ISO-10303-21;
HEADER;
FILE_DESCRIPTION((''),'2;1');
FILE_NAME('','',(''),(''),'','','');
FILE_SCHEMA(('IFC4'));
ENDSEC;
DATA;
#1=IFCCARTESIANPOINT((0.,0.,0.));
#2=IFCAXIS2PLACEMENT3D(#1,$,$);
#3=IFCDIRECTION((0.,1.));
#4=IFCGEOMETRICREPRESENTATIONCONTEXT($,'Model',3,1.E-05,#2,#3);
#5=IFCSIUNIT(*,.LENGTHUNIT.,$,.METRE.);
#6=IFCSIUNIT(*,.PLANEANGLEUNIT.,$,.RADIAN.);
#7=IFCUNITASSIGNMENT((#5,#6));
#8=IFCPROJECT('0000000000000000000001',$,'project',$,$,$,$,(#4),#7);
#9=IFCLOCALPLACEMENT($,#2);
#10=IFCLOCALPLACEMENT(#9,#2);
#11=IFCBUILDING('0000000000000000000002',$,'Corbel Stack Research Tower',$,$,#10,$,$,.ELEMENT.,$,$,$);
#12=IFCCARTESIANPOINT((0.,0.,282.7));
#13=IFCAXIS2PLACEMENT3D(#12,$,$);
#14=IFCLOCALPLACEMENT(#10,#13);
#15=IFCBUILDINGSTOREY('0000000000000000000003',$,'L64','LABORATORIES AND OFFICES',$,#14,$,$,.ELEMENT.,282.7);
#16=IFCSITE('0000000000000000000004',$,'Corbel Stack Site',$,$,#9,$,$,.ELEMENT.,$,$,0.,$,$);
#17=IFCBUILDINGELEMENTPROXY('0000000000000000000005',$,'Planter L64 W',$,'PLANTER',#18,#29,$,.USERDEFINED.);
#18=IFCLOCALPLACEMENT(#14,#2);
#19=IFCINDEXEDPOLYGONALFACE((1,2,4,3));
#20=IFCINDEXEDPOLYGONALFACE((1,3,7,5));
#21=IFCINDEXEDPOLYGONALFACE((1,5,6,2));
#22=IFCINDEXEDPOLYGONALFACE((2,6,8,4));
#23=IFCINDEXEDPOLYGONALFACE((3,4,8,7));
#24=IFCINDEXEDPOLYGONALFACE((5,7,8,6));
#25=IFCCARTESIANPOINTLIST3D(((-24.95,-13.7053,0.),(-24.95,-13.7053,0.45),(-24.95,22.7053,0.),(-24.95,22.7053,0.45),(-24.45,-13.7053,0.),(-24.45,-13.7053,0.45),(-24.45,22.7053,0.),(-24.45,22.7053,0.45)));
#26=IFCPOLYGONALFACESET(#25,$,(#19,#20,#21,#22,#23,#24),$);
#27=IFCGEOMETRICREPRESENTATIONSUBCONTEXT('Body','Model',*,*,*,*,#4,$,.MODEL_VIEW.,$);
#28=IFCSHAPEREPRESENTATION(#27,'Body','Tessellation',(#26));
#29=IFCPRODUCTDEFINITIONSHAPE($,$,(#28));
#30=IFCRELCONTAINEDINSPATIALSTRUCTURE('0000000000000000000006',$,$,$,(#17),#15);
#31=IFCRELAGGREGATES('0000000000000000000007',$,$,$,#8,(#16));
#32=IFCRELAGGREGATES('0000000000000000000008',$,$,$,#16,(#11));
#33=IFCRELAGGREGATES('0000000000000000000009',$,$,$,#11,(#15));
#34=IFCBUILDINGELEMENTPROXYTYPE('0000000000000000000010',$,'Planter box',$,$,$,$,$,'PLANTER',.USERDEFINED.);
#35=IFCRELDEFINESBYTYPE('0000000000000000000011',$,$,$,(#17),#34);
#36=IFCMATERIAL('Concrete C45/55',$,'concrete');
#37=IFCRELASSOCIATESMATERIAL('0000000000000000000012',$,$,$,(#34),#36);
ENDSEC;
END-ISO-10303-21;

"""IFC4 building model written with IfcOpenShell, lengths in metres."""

from ifc_helpers import new_model, si_unit, direction, frame, origin, origin_2d, place, context, subcontext, project, spatial, rectangle, extrude, material, type_object, element, save


model = new_model("IFC4")

# Units and contexts
model_context = context("Model", 3, precision=1e-05, world=origin(), true_north=direction((0.0, 1.0)))
body_context = subcontext(model_context, "Body", "Model", "MODEL_VIEW")
ifc_project = project(units=[si_unit("LENGTHUNIT", "METRE"), si_unit("PLANEANGLEUNIT", "RADIAN")], contexts=[model_context])

# Site, building, storey
site_placement = place(None, origin())
site = spatial("IfcSite", under=ifc_project, at=site_placement, Name="Corbel Stack Site", CompositionType="ELEMENT", RefElevation=0.0)
building_placement = place(site_placement, origin())
building = spatial("IfcBuilding", under=site, at=building_placement, Name="Corbel Stack Research Tower", CompositionType="ELEMENT")
storey_placement = place(building_placement, frame((0.0, 0.0, 282.7)))
storey = spatial("IfcBuildingStorey", under=building, at=storey_placement, Name="L64", Description="LABORATORIES AND OFFICES", CompositionType="ELEMENT", Elevation=282.7)

# Building element proxy
ifc_material_1 = material(Name="Concrete C45/55", Category="concrete")
building_element_proxy_type = type_object("IfcBuildingElementProxyType", Name="Planter box", ElementType="PLANTER", PredefinedType="USERDEFINED", material=ifc_material_1)
proxy_placement = place(storey_placement, frame((-24.7, 4.5, 0.0), z_axis=(0.0, 0.0, 1.0), x_axis=(0.0, -1.0, 0.0)))
element("IfcBuildingElementProxy", 1, at=proxy_placement, inside=storey, type_object=building_element_proxy_type, Name="Planter L64 W", ObjectType="PLANTER", PredefinedType="USERDEFINED", context=body_context, shape_type="SweptSolid", body=[
    extrude(rectangle(XDim=36.4106, YDim=0.5, at=origin_2d()), origin(), (0.0, 0.0, 1.0), 0.45),
])

save(model, "model.ifc")
